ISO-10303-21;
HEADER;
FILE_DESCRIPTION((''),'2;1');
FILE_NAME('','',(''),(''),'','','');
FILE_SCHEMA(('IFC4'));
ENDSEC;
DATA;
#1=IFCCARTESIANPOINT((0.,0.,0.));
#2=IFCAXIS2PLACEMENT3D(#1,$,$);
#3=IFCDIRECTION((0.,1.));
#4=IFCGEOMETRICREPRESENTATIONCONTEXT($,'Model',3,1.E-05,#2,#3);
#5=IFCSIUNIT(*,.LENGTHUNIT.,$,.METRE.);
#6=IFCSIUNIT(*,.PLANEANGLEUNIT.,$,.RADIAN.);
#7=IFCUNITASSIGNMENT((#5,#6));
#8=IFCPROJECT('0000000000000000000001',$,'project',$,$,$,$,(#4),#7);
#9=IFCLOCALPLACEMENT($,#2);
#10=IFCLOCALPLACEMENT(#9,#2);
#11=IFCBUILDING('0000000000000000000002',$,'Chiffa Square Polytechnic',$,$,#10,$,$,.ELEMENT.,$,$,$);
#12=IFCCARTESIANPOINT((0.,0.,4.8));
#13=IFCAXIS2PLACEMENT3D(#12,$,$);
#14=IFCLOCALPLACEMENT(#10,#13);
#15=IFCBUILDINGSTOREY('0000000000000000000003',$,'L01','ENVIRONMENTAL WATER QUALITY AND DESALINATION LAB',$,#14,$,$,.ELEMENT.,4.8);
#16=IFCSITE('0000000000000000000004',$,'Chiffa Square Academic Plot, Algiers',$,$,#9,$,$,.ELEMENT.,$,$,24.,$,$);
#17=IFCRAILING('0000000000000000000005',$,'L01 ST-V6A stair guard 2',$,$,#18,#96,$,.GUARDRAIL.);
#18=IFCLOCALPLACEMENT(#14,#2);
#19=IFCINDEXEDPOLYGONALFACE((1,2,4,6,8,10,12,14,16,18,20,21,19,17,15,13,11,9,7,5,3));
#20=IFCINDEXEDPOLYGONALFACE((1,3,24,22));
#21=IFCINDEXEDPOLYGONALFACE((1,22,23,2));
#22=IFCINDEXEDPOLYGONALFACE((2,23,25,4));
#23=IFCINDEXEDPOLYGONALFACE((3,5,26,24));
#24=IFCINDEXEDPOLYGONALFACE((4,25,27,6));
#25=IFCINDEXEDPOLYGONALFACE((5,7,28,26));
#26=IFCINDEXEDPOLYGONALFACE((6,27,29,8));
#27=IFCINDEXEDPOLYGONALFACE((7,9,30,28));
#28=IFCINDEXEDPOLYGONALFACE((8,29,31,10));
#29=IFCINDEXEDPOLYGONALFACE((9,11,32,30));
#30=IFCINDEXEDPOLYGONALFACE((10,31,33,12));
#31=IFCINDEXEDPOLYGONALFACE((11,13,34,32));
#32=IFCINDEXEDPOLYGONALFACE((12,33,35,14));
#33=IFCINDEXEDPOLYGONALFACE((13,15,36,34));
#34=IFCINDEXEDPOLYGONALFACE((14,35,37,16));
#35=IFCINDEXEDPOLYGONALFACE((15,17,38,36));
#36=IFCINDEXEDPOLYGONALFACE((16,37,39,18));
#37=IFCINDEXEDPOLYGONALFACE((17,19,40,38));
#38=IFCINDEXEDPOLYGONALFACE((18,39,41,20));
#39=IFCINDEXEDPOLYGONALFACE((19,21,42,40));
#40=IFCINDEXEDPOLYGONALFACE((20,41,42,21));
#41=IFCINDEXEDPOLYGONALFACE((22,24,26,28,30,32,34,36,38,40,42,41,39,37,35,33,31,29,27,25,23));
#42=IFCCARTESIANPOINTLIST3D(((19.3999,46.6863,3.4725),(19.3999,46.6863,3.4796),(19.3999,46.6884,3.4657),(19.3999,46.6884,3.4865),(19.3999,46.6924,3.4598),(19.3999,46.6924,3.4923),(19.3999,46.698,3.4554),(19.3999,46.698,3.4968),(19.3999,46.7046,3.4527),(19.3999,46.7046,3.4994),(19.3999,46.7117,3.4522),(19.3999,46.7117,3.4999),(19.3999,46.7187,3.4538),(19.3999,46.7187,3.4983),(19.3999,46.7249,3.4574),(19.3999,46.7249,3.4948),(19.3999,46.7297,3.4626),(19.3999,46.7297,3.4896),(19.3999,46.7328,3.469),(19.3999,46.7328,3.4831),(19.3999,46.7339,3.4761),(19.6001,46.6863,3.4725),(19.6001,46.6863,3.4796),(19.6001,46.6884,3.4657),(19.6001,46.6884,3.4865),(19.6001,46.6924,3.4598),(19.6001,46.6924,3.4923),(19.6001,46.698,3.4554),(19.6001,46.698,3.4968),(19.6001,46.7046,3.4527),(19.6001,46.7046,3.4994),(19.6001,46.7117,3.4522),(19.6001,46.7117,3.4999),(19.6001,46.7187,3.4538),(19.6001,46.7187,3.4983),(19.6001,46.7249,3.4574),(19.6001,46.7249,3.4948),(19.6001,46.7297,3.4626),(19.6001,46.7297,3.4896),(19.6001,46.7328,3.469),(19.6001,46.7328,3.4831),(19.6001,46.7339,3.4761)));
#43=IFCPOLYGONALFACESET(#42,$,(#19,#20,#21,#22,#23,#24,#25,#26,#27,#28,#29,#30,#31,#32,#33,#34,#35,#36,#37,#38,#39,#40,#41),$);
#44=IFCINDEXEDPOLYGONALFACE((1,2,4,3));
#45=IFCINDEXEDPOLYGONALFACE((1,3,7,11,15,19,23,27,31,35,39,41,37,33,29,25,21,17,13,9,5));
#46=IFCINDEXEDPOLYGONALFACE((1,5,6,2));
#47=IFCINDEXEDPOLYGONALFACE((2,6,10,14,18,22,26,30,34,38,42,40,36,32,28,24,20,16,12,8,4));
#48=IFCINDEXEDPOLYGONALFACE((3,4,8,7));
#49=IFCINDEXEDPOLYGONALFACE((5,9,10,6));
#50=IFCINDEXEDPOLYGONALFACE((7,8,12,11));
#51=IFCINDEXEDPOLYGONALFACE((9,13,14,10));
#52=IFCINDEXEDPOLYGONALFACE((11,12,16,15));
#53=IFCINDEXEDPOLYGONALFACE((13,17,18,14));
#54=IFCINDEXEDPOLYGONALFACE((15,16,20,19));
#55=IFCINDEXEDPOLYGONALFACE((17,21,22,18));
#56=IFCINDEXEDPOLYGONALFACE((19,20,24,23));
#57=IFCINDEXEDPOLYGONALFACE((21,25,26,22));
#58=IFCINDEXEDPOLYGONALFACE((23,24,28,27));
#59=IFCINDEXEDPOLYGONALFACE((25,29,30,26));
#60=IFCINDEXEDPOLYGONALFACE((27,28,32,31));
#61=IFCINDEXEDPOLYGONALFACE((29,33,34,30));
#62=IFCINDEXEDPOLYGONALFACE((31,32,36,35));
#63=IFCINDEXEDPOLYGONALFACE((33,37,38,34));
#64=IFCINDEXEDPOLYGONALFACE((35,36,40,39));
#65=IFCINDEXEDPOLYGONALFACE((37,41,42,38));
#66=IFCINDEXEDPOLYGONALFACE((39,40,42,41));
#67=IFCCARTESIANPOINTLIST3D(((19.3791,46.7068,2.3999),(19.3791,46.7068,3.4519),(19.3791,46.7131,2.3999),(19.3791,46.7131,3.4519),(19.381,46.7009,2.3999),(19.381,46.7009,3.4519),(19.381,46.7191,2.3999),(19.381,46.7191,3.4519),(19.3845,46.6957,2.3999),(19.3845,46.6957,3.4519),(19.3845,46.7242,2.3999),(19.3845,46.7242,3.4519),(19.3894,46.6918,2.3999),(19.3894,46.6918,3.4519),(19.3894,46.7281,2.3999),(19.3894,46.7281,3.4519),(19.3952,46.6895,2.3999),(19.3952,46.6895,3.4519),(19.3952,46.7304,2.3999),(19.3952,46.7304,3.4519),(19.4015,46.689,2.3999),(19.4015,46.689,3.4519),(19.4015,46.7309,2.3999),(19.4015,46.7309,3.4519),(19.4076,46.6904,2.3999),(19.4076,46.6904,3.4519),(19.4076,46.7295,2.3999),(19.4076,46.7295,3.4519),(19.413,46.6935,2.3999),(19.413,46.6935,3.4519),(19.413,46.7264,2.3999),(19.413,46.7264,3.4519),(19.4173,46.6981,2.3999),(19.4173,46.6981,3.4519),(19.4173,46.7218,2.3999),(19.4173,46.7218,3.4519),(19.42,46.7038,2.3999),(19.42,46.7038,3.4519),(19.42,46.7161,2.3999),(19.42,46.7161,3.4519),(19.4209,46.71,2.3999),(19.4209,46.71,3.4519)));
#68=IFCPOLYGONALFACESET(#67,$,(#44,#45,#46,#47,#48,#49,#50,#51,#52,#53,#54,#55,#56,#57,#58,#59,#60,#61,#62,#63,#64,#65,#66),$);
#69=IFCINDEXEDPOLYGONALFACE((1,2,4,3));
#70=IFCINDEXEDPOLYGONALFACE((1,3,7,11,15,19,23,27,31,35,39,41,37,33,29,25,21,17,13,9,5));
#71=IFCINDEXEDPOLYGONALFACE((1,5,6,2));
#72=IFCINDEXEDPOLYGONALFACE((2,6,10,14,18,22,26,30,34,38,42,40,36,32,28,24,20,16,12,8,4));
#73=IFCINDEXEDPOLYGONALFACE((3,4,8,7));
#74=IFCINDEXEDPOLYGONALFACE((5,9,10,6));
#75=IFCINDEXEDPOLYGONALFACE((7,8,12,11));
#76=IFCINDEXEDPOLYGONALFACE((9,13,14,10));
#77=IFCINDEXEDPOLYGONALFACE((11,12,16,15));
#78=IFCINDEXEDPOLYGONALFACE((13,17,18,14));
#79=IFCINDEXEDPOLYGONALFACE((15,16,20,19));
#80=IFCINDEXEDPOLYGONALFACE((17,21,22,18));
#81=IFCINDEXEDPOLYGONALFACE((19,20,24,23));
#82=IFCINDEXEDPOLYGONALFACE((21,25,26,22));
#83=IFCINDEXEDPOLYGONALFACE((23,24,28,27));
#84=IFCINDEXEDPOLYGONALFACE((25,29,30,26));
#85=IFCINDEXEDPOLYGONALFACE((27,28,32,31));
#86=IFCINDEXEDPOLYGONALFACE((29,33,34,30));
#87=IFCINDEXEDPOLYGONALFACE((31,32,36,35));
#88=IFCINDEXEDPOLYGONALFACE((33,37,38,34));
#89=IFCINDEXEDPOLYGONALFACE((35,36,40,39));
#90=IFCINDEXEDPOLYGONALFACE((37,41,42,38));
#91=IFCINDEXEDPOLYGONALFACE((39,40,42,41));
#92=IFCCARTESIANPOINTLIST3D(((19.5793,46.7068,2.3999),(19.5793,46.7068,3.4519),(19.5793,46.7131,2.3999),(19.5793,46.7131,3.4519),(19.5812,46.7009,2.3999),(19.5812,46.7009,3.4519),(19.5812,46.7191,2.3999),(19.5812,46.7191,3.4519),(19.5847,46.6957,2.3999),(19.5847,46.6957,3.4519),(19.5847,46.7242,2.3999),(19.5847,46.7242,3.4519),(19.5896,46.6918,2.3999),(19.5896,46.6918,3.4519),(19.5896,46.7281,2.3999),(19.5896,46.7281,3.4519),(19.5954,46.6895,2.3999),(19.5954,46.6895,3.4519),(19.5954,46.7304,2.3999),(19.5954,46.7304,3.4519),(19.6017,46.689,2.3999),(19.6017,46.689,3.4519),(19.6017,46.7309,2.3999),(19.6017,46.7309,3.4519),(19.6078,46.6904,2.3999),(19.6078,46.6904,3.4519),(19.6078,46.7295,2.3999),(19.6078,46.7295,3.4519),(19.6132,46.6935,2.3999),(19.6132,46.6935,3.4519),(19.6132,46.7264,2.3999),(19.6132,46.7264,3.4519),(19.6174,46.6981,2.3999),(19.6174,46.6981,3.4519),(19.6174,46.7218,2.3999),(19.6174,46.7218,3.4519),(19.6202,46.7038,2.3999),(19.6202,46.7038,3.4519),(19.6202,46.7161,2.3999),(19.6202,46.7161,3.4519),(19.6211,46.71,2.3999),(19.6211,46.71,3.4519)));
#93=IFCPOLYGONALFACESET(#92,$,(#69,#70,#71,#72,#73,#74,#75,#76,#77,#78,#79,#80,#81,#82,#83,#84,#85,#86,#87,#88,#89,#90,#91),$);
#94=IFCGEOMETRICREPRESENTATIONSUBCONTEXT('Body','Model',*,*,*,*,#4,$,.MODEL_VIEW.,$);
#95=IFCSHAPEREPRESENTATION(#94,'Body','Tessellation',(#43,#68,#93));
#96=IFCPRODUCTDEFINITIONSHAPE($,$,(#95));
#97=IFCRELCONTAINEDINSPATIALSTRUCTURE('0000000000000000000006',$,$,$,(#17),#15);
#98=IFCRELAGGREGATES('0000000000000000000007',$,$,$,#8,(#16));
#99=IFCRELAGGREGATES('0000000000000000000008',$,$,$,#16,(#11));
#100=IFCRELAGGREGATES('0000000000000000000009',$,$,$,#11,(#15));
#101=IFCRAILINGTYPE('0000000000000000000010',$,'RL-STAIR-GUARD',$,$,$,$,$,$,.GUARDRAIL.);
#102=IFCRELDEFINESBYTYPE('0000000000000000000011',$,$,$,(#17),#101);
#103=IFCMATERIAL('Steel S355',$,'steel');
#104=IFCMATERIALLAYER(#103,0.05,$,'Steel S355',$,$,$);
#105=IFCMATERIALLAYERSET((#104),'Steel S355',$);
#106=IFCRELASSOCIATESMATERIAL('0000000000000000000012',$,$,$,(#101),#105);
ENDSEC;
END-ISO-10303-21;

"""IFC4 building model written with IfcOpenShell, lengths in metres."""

from ifc_helpers import new_model, si_unit, direction, frame, origin, origin_2d, place, context, subcontext, project, spatial, circle, extrude, material, layer, layer_set, type_object, element, save


model = new_model("IFC4")

# Units and contexts
model_context = context("Model", 3, precision=1e-05, world=origin(), true_north=direction((0.0, 1.0)))
body_context = subcontext(model_context, "Body", "Model", "MODEL_VIEW")
ifc_project = project(units=[si_unit("LENGTHUNIT", "METRE"), si_unit("PLANEANGLEUNIT", "RADIAN")], contexts=[model_context])

# Site, building, storey
site_placement = place(None, origin())
site = spatial("IfcSite", under=ifc_project, at=site_placement, Name="Chiffa Square Academic Plot, Algiers", CompositionType="ELEMENT", RefElevation=24.0)
building_placement = place(site_placement, origin())
building = spatial("IfcBuilding", under=site, at=building_placement, Name="Chiffa Square Polytechnic", CompositionType="ELEMENT")
storey_placement = place(building_placement, frame((0.0, 0.0, 4.8)))
storey = spatial("IfcBuildingStorey", under=building, at=storey_placement, Name="L01", Description="ENVIRONMENTAL WATER QUALITY AND DESALINATION LAB", CompositionType="ELEMENT", Elevation=4.8)

# Railing
ifc_material_1 = material(Name="Steel S355", Category="steel")
ifc_layer_1 = layer(ifc_material_1, 0.05, Name="Steel S355")
ifc_layer_set_1 = layer_set([ifc_layer_1], Name="Steel S355")
railing_type_1 = type_object("IfcRailingType", Name="RL-STAIR-GUARD", PredefinedType="GUARDRAIL", material=ifc_layer_set_1)
railing_1_placement = place(storey_placement, frame((19.3999, 46.71, 2.3999)))
element("IfcRailing", 1, at=railing_1_placement, inside=storey, type_object=railing_type_1, Name="L01 ST-V6A stair guard 2", PredefinedType="GUARDRAIL", context=body_context, shape_type="SweptSolid", body=[
    extrude(circle(Radius=0.0239, at=origin_2d()), frame((0.0, 0.0, 1.0762), z_axis=(1.0, 0.0, 0.0), x_axis=(0.0, 1.0, 0.0)), (0.0, 0.0, 1.0), 0.2002),
    extrude(circle(Radius=0.021, at=origin_2d()), origin(), (0.0, 0.0, 1.0), 1.052),
    extrude(circle(Radius=0.021, at=origin_2d()), frame((0.2002, 0.0, 0.0)), (0.0, 0.0, 1.0), 1.052),
])

save(model, "model.ifc")
